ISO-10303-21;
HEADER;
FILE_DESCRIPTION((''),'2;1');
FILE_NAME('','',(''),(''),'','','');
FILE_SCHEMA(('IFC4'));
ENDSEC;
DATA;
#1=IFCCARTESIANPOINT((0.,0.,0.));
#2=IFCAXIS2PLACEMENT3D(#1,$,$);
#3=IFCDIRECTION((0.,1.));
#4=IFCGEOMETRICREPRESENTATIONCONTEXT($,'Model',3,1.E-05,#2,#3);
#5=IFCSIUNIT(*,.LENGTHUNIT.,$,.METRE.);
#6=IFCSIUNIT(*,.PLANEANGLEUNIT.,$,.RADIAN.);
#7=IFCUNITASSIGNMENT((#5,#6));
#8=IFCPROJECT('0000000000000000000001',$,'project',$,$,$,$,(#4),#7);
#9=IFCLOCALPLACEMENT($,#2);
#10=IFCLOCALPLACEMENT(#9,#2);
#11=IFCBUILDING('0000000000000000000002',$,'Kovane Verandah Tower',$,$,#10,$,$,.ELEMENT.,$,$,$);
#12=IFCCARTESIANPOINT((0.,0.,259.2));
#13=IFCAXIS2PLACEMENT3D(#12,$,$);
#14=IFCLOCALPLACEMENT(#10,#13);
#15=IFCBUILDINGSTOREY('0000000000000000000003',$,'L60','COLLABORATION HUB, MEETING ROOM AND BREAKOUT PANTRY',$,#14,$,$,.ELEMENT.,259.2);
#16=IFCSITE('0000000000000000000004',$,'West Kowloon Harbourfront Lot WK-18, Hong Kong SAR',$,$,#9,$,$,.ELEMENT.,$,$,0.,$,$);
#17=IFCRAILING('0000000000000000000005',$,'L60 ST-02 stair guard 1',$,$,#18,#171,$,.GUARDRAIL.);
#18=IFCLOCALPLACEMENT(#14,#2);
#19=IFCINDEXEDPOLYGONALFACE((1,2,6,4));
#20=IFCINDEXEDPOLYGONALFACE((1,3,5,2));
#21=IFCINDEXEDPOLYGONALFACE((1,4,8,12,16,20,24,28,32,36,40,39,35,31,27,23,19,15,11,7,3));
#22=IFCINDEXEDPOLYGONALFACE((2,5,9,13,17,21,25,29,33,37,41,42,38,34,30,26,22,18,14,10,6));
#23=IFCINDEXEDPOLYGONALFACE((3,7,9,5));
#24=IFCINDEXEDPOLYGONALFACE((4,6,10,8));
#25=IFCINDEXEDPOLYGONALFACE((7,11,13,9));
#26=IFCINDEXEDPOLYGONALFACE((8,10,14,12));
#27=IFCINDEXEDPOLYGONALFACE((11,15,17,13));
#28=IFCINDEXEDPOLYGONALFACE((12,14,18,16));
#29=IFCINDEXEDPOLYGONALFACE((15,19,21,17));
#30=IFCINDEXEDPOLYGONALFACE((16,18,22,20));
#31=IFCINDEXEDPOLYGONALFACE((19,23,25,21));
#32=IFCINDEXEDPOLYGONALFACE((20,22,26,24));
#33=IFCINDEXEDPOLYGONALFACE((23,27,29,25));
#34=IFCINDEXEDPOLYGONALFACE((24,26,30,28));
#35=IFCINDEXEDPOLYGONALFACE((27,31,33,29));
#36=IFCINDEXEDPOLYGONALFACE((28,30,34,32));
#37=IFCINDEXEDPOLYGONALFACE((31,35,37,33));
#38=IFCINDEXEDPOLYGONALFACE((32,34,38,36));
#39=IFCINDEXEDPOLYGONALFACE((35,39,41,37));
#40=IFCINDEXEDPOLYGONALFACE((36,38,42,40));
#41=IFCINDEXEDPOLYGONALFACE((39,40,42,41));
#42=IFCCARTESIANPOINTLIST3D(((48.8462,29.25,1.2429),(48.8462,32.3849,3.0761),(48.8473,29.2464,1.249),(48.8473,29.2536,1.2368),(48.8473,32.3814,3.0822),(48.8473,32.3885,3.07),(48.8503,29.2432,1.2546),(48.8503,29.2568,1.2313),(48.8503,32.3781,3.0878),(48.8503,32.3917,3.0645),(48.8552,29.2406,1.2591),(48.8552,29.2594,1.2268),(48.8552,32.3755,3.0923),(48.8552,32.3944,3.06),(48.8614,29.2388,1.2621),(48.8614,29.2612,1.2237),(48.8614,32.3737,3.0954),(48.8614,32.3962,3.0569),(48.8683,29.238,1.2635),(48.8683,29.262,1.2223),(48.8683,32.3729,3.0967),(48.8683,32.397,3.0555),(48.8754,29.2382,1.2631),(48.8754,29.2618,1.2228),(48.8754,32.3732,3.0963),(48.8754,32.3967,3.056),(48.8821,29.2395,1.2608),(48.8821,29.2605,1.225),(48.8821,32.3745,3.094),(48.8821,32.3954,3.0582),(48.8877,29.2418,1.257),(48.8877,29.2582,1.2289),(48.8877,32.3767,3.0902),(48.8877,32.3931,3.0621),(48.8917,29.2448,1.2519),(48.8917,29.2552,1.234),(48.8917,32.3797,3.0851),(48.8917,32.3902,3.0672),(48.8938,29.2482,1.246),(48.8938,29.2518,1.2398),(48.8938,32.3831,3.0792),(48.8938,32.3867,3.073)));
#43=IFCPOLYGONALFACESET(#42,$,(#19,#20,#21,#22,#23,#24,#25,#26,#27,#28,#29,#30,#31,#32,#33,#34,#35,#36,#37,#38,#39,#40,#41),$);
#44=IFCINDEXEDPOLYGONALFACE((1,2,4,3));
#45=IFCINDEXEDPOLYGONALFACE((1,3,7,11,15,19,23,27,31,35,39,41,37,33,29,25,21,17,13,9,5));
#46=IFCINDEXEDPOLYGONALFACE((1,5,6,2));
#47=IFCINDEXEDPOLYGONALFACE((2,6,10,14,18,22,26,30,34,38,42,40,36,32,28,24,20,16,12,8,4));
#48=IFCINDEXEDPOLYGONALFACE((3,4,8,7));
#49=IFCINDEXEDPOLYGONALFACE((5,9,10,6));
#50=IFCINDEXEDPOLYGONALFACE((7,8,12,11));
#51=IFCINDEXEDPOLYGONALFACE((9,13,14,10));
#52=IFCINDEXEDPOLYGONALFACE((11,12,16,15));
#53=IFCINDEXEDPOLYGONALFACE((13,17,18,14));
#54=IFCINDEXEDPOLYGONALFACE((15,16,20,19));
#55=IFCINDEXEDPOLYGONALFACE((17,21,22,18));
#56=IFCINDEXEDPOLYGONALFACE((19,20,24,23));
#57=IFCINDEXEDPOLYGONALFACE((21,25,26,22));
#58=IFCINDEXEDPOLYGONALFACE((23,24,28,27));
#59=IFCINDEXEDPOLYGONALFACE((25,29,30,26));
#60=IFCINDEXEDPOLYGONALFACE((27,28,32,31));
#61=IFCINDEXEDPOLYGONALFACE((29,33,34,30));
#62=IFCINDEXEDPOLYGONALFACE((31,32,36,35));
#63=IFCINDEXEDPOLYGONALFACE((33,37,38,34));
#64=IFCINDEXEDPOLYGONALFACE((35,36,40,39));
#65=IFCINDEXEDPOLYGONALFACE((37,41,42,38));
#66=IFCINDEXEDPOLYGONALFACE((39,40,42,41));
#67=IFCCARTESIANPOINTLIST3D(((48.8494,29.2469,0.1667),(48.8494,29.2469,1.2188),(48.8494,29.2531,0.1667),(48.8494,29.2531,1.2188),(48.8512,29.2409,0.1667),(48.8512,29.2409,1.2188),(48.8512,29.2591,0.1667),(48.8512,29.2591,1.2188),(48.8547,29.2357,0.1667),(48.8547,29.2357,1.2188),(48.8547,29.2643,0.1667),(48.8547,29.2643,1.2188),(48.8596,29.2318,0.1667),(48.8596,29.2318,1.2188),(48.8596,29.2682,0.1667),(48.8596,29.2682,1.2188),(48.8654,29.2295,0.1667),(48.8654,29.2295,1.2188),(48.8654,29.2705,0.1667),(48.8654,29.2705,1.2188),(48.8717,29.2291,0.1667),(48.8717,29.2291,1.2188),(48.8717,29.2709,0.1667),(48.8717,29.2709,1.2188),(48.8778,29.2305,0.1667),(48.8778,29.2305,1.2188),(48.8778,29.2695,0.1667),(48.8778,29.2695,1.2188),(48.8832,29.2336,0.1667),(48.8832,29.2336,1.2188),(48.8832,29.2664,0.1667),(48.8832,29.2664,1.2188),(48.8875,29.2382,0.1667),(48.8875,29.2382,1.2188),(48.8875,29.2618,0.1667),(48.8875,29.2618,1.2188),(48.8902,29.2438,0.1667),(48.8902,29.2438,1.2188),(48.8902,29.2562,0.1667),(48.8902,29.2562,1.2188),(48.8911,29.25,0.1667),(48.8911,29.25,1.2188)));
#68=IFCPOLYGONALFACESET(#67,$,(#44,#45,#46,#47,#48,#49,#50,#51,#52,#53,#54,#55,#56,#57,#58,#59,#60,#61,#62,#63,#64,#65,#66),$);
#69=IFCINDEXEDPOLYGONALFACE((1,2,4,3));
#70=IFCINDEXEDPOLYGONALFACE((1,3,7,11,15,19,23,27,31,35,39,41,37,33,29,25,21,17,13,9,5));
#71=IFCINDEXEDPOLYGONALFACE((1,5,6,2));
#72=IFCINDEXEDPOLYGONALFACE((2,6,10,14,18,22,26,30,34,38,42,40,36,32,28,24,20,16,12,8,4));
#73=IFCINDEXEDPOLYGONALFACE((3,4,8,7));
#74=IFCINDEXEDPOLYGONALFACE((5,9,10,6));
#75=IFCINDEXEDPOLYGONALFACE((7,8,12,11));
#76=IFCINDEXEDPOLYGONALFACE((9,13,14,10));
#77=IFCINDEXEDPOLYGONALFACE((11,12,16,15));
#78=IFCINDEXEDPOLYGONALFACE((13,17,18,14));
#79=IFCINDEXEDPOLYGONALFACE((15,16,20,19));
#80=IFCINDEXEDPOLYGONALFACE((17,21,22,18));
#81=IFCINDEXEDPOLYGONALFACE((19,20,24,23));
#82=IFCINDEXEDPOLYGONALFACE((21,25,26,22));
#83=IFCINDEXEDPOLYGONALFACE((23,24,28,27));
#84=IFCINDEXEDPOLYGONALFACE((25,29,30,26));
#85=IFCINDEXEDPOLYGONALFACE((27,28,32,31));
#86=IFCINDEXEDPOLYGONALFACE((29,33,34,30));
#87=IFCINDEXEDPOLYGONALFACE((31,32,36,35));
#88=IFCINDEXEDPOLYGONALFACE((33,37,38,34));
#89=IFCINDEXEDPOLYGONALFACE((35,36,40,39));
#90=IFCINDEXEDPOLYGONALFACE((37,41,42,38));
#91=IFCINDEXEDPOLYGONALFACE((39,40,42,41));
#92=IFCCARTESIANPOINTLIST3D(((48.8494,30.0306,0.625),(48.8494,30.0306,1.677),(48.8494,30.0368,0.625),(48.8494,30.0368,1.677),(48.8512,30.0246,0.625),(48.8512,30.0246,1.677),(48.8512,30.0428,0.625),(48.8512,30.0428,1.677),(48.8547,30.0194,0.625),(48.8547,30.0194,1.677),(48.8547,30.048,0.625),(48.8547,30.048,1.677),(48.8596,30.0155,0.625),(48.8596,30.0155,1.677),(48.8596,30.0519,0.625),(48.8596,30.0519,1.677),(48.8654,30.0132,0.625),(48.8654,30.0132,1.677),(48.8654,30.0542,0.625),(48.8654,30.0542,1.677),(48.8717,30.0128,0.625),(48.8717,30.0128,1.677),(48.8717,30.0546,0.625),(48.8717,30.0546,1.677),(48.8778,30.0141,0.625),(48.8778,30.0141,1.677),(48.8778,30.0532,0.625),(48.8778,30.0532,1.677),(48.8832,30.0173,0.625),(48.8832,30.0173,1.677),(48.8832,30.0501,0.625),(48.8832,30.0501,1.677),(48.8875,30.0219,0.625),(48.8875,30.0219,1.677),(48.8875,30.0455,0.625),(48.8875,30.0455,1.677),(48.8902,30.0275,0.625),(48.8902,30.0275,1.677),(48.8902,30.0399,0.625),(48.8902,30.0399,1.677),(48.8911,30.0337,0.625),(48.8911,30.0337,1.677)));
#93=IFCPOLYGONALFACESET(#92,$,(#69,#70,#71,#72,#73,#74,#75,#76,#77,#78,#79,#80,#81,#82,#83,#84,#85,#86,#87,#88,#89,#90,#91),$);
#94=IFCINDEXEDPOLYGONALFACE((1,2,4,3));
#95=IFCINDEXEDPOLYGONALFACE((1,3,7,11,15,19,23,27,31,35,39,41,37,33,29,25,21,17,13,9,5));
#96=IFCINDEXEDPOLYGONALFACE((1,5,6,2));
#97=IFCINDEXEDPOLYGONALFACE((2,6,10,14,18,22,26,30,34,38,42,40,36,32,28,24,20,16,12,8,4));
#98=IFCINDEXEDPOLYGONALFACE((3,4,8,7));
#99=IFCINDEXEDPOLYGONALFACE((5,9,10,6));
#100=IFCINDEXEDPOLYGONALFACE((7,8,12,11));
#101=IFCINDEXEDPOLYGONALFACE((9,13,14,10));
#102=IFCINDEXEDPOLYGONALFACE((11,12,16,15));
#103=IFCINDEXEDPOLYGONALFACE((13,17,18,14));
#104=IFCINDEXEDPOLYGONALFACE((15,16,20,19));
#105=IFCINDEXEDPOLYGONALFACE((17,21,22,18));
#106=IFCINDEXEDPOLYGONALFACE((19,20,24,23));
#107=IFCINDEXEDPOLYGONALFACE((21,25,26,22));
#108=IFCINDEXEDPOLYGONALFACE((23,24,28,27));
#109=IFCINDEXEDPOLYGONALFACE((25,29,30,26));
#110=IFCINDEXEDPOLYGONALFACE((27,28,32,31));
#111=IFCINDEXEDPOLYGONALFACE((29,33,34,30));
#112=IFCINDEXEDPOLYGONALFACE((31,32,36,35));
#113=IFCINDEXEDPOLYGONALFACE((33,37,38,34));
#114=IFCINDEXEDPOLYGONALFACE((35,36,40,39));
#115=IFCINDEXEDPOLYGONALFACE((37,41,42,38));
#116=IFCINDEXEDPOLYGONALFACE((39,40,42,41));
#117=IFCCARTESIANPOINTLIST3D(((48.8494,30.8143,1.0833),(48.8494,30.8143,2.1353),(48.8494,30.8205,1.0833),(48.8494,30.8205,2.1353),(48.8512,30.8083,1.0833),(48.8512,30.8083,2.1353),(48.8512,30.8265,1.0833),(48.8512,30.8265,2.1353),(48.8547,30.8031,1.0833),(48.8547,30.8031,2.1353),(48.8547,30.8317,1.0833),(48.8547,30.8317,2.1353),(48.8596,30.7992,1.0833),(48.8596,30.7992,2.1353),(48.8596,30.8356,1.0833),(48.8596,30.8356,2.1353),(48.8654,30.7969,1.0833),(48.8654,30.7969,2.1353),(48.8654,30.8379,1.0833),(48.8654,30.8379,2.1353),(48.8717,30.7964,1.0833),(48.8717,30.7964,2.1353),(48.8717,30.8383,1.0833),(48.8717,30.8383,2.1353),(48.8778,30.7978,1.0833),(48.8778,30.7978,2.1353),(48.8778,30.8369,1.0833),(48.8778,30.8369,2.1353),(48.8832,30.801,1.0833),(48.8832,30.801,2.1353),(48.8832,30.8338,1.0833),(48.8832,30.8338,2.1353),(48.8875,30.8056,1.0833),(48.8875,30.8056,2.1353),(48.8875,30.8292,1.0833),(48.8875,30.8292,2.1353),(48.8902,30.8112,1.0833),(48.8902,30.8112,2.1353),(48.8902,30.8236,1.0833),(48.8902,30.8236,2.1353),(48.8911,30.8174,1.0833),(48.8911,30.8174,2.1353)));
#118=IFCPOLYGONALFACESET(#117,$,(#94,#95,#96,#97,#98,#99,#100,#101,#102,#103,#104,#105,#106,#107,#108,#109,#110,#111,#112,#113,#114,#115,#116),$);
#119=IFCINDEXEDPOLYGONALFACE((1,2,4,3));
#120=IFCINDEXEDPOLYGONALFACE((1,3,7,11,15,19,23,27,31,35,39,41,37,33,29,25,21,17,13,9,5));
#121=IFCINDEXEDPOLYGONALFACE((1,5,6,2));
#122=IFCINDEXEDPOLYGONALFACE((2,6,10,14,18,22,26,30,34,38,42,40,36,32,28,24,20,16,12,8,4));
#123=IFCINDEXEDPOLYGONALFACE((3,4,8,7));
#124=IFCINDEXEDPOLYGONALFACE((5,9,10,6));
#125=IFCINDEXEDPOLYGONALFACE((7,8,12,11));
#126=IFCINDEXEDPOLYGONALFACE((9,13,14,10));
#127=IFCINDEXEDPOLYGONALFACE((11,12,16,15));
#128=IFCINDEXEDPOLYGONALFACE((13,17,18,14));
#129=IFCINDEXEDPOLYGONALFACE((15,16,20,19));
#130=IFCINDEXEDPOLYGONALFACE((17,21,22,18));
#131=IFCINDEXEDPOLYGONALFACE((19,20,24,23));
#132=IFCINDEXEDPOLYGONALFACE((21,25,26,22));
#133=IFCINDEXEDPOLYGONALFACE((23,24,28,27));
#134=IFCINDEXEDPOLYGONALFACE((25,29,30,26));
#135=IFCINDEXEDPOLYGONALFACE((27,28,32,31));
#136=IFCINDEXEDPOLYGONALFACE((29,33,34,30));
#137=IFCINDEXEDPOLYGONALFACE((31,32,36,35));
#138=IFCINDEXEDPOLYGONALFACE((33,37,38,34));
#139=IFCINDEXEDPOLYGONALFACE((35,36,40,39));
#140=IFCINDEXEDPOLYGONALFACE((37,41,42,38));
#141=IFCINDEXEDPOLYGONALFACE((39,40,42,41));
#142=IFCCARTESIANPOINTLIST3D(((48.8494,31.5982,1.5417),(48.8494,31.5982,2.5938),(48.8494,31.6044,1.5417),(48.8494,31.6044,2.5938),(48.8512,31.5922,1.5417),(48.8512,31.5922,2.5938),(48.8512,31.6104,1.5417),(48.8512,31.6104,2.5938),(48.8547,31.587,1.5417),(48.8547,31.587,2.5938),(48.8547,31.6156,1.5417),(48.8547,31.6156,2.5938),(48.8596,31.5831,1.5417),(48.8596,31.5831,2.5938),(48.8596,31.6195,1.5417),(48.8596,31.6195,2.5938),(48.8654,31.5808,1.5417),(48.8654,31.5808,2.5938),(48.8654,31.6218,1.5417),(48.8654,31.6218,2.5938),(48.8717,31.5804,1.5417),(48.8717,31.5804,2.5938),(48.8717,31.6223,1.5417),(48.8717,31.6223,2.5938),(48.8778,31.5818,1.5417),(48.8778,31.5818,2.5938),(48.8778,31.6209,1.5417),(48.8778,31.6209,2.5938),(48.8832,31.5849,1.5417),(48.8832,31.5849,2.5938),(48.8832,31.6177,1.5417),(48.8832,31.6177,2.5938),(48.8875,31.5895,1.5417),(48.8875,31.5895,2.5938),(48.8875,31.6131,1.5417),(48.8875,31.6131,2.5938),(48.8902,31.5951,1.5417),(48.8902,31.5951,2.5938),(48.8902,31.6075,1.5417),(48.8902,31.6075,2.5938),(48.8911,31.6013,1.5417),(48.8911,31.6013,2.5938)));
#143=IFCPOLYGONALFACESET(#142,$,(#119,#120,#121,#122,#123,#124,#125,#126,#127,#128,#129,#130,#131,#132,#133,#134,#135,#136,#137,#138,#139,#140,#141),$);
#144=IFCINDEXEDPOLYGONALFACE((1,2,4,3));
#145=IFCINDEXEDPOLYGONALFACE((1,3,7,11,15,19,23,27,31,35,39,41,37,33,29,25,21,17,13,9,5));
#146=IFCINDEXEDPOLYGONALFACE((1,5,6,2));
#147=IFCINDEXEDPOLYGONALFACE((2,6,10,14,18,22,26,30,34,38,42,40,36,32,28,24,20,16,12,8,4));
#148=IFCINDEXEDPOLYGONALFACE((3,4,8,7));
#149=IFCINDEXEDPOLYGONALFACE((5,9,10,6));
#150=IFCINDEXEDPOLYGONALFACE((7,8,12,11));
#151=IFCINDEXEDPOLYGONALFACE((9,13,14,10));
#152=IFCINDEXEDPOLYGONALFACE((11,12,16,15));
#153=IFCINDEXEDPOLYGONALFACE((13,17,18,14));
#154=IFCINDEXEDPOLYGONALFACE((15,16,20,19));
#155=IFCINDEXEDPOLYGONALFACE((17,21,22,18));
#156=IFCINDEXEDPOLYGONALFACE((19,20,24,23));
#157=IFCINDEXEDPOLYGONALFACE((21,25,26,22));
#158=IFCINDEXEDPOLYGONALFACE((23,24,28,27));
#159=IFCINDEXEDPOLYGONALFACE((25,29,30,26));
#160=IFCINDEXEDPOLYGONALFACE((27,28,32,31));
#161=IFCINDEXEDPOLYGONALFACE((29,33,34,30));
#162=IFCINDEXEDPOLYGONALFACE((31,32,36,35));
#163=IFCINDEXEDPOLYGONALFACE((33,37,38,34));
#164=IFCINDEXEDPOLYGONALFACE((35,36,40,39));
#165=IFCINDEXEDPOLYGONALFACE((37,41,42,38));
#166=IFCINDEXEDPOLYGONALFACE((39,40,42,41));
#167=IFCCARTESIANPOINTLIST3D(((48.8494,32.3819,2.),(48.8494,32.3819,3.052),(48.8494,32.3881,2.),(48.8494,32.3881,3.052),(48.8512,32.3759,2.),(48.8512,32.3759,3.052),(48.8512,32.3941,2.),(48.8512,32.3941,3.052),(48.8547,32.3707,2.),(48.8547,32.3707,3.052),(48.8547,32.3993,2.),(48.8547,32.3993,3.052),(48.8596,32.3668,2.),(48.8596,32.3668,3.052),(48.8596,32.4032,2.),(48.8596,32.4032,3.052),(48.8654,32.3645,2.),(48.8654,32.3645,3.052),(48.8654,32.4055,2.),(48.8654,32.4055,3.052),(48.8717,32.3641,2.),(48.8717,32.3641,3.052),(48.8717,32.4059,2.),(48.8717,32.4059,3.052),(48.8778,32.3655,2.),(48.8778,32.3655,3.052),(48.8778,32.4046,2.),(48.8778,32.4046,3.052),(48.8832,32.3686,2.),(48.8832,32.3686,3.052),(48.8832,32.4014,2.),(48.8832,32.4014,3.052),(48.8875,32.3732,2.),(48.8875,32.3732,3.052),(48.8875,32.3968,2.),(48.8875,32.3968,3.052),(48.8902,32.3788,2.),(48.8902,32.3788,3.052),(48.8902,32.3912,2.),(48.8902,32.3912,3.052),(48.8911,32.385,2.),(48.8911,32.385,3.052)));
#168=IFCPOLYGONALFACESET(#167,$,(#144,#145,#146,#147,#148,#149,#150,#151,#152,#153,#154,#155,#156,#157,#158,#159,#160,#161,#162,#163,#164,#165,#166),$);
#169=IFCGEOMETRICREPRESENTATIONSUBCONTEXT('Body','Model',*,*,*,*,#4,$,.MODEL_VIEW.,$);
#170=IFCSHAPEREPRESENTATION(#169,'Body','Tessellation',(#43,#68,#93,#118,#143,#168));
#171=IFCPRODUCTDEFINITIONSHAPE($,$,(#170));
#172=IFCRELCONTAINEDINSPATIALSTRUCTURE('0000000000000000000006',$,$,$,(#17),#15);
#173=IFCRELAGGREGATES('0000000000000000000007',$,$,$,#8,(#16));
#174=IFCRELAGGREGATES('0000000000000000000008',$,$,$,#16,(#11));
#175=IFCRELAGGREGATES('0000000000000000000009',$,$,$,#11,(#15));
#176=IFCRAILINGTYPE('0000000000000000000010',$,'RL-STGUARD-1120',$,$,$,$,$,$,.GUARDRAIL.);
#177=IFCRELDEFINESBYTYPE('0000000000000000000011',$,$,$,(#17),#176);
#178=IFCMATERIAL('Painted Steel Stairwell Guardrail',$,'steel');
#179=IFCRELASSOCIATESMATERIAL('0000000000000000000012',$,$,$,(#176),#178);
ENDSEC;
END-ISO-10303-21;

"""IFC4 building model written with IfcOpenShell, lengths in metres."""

from ifc_helpers import new_model, si_unit, direction, frame, origin, origin_2d, place, context, subcontext, project, spatial, circle, extrude, material, type_object, element, save


model = new_model("IFC4")

# Units and contexts
model_context = context("Model", 3, precision=1e-05, world=origin(), true_north=direction((0.0, 1.0)))
body_context = subcontext(model_context, "Body", "Model", "MODEL_VIEW")
ifc_project = project(units=[si_unit("LENGTHUNIT", "METRE"), si_unit("PLANEANGLEUNIT", "RADIAN")], contexts=[model_context])

# Site, building, storey
site_placement = place(None, origin())
site = spatial("IfcSite", under=ifc_project, at=site_placement, Name="West Kowloon Harbourfront Lot WK-18, Hong Kong SAR", CompositionType="ELEMENT", RefElevation=0.0)
building_placement = place(site_placement, origin())
building = spatial("IfcBuilding", under=site, at=building_placement, Name="Kovane Verandah Tower", CompositionType="ELEMENT")
storey_placement = place(building_placement, frame((0.0, 0.0, 259.2)))
storey = spatial("IfcBuildingStorey", under=building, at=storey_placement, Name="L60", Description="COLLABORATION HUB, MEETING ROOM AND BREAKOUT PANTRY", CompositionType="ELEMENT", Elevation=259.2)

# Railing
ifc_material_1 = material(Name="Painted Steel Stairwell Guardrail", Category="steel")
railing_type_1 = type_object("IfcRailingType", Name="RL-STGUARD-1120", PredefinedType="GUARDRAIL", material=ifc_material_1)
railing_1_placement = place(storey_placement, frame((48.8701, 29.25, 0.1667)))
element("IfcRailing", 1, at=railing_1_placement, inside=storey, type_object=railing_type_1, Name="L60 ST-02 stair guard 1", PredefinedType="GUARDRAIL", context=body_context, shape_type="SweptSolid", body=[
    extrude(circle(Radius=0.0239, at=origin_2d()), frame((0.0, 0.0, 1.0762), z_axis=(0.0, 0.86324, 0.504794), x_axis=(-1.0, 0.0, 0.0)), (0.0, 0.0, 1.0), 3.6316),
    extrude(circle(Radius=0.021, at=origin_2d()), origin(), (0.0, 0.0, 1.0), 1.052),
    extrude(circle(Radius=0.021, at=origin_2d()), frame((0.0, 0.7837, 0.4583)), (0.0, 0.0, 1.0), 1.052),
    extrude(circle(Radius=0.021, at=origin_2d()), frame((0.0, 1.5674, 0.9165)), (0.0, 0.0, 1.0), 1.052),
    extrude(circle(Radius=0.021, at=origin_2d()), frame((0.0, 2.3513, 1.375)), (0.0, 0.0, 1.0), 1.052),
    extrude(circle(Radius=0.021, at=origin_2d()), frame((0.0, 3.135, 1.8333)), (0.0, 0.0, 1.0), 1.052),
])

save(model, "model.ifc")
